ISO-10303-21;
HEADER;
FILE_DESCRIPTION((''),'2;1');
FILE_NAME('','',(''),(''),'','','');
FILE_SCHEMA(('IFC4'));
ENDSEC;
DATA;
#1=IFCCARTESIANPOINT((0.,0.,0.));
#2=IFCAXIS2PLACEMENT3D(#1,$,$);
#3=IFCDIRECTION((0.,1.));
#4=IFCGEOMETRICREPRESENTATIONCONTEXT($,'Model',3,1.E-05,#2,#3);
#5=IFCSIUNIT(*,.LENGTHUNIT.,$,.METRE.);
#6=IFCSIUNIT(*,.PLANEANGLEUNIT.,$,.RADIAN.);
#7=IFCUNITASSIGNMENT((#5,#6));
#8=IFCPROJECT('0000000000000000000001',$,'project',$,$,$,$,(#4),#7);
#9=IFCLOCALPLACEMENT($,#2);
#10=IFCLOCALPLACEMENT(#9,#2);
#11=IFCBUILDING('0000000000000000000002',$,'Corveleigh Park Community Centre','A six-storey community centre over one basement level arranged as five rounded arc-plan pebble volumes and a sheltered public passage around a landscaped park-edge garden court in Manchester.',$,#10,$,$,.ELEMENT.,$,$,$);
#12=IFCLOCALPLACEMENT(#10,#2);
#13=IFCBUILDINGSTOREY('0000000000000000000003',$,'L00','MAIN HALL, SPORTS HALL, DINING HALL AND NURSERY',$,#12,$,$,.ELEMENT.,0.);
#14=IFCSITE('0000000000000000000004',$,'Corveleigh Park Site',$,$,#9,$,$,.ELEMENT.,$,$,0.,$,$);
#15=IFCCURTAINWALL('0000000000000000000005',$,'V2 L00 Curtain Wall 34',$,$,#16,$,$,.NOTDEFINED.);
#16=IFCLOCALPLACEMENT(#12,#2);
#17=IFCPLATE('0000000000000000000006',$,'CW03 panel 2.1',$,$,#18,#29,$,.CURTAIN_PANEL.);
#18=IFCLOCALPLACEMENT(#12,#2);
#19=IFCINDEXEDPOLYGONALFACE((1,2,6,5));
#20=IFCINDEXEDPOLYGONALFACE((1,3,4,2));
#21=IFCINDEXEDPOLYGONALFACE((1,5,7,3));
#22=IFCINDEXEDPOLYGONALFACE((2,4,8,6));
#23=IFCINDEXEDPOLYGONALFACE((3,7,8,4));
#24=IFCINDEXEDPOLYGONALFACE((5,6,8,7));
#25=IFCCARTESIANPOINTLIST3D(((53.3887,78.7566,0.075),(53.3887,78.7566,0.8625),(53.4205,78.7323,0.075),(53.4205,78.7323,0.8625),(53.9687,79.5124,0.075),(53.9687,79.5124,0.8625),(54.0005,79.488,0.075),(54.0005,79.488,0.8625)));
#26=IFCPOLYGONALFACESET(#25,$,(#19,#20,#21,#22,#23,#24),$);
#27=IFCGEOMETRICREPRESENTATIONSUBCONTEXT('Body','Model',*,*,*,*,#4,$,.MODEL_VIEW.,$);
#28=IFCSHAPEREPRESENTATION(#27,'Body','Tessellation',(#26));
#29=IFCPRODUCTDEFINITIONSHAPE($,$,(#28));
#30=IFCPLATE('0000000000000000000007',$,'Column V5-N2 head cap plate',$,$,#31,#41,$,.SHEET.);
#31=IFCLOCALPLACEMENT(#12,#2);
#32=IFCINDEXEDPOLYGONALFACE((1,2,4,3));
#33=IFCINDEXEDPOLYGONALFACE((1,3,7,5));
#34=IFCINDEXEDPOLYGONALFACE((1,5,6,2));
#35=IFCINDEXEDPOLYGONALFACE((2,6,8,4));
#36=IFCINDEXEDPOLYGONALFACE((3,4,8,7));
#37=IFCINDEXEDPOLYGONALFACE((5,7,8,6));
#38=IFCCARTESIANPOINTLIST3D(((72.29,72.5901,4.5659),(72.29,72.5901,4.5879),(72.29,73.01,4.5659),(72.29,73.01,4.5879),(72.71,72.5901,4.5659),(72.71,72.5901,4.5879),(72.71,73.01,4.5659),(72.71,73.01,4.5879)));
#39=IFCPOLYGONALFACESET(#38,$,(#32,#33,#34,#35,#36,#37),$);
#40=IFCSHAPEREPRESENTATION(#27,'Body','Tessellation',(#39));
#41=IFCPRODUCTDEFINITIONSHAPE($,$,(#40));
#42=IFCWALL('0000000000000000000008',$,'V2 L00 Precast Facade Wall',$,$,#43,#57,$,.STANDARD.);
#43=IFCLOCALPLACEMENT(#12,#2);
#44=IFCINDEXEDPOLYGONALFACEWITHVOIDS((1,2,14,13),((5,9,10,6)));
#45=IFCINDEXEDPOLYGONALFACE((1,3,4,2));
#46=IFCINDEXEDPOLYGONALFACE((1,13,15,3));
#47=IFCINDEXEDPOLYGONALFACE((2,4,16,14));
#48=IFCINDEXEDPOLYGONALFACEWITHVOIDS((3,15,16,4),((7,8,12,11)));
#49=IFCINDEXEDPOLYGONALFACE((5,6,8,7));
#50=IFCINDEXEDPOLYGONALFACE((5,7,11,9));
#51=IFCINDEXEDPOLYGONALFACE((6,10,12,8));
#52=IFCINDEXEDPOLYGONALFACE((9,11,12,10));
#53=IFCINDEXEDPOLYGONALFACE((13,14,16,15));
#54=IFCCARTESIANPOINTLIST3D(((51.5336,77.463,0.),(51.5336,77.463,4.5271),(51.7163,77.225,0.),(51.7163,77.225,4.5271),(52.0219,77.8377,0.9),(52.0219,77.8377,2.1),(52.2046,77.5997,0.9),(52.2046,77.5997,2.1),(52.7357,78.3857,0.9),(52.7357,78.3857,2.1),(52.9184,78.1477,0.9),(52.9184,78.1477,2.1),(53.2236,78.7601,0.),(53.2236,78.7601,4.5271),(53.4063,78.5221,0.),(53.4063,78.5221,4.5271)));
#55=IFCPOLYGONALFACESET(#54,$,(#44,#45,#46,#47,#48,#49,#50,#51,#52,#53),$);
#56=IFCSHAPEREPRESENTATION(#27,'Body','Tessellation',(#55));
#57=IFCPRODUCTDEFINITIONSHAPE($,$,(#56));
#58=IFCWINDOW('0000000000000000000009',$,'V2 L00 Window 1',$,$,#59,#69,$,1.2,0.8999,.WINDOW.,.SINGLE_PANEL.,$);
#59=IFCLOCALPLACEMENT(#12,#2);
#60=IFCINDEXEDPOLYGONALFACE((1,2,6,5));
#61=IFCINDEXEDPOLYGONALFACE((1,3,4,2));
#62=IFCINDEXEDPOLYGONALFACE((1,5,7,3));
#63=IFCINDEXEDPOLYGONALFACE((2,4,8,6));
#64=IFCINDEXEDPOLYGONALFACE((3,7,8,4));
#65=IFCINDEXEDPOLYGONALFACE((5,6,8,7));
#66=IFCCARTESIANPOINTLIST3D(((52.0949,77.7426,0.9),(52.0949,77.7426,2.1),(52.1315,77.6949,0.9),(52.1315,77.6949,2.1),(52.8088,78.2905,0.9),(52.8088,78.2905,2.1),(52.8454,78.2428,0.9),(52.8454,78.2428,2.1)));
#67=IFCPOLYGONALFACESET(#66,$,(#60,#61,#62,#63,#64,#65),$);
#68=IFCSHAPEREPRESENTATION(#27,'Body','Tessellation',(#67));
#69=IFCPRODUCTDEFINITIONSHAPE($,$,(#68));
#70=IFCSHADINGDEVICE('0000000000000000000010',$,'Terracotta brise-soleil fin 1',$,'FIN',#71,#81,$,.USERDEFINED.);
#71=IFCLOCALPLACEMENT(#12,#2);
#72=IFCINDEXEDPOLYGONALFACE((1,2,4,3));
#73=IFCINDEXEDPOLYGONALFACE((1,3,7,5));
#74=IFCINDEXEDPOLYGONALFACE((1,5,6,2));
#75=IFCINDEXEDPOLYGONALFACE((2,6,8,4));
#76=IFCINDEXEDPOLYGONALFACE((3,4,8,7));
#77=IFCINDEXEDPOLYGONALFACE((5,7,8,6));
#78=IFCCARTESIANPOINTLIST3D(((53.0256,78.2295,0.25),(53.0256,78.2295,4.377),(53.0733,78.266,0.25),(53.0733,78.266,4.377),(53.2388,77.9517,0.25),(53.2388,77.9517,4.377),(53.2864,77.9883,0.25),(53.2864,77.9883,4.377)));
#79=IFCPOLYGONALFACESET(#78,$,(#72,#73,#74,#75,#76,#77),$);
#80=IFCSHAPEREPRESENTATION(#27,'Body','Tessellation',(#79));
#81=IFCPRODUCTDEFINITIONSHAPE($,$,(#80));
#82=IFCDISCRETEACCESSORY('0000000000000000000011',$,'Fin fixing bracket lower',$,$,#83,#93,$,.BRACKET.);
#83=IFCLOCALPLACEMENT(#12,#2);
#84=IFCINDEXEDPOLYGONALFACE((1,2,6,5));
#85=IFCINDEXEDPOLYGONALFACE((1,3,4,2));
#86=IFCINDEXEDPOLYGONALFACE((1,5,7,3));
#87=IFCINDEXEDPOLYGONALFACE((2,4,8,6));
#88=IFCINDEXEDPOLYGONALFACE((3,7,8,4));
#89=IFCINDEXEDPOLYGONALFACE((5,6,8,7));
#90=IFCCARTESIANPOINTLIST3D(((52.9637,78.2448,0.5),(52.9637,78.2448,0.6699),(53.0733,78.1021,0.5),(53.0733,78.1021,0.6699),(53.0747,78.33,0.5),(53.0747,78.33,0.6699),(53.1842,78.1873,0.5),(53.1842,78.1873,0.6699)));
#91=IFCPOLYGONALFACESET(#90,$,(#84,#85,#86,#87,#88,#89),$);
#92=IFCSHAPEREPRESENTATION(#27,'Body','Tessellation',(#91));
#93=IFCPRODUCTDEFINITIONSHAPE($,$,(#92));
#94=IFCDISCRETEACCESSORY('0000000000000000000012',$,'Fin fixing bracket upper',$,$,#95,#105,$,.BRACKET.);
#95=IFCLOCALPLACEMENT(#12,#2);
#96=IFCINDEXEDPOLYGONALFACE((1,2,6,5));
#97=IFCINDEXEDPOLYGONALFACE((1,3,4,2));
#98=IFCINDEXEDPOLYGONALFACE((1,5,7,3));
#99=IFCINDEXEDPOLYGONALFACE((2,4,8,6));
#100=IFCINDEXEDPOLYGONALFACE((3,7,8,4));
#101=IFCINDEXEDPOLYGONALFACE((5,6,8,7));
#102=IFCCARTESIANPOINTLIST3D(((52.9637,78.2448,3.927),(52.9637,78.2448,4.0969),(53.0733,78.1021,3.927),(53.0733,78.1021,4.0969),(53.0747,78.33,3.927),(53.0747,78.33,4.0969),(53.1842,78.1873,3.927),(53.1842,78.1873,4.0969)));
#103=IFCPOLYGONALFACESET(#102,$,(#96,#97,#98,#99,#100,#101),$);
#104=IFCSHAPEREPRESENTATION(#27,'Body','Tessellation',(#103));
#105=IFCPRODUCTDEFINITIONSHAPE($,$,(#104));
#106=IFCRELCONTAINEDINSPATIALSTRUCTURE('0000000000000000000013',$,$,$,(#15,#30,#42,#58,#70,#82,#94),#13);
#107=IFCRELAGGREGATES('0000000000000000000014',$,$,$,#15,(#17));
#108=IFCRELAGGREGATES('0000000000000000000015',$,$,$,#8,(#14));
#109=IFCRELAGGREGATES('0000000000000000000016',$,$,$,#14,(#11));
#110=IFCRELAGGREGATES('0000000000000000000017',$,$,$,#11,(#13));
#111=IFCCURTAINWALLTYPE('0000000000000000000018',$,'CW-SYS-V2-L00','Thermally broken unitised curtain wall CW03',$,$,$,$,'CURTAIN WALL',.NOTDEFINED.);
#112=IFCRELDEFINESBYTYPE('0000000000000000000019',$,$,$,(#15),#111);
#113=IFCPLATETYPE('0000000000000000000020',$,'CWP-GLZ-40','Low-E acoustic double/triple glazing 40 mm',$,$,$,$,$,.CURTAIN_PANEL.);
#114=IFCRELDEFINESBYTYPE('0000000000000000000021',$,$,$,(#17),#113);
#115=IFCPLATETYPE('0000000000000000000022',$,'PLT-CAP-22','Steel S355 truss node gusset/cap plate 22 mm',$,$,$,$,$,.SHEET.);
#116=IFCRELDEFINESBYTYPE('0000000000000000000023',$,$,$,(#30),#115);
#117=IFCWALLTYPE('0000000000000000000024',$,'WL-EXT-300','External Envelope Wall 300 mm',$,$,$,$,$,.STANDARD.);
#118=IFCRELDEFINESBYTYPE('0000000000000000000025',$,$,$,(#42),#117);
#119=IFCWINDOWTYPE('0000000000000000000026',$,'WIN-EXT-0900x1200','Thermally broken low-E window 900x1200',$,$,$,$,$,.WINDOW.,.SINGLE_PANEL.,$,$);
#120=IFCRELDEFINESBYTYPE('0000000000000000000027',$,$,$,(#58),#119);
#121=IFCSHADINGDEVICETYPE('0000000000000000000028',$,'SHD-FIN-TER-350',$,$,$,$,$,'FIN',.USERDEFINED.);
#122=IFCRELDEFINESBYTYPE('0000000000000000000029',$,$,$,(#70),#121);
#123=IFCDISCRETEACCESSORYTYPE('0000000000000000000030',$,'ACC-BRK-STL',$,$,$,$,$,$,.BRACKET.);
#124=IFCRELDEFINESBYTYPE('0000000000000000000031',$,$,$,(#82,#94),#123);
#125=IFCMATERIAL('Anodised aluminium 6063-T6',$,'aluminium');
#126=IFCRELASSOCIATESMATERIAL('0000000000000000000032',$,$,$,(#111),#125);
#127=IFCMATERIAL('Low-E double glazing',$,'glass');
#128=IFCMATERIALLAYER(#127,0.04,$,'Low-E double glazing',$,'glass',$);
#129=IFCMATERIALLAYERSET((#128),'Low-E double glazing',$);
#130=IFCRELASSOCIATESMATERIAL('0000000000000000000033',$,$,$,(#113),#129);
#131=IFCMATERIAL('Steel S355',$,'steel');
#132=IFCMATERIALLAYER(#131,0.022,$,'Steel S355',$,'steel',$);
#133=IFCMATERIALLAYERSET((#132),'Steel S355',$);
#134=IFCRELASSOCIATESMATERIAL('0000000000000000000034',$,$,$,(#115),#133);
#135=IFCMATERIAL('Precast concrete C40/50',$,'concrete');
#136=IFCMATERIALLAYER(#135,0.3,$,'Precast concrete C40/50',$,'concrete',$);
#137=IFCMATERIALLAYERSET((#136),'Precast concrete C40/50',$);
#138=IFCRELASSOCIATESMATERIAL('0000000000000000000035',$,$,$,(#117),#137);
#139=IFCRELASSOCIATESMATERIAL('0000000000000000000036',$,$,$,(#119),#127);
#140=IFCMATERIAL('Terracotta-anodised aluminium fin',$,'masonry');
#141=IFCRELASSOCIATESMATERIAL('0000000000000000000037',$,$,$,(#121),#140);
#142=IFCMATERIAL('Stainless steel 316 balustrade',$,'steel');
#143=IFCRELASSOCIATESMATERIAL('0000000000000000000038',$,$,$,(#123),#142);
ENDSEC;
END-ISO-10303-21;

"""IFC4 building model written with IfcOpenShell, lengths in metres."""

from ifc_helpers import new_model, si_unit, direction, frame, frame_2d, origin, origin_2d, place, context, subcontext, project, spatial, rectangle, extrude, material, layer, layer_set, type_object, element, fill, aggregate, save


model = new_model("IFC4")

# Units and contexts
model_context = context("Model", 3, precision=1e-05, world=origin(), true_north=direction((0.0, 1.0)))
body_context = subcontext(model_context, "Body", "Model", "MODEL_VIEW")
ifc_project = project(units=[si_unit("LENGTHUNIT", "METRE"), si_unit("PLANEANGLEUNIT", "RADIAN")], contexts=[model_context])

# Site, building, storey
site_placement = place(None, origin())
site = spatial("IfcSite", under=ifc_project, at=site_placement, Name="Corveleigh Park Site", CompositionType="ELEMENT", RefElevation=0.0)
building_placement = place(site_placement, origin())
building = spatial("IfcBuilding", under=site, at=building_placement, Name="Corveleigh Park Community Centre", Description="A six-storey community centre over one basement level arranged as five rounded arc-plan pebble volumes and a sheltered public passage around a landscaped park-edge garden court in Manchester.", CompositionType="ELEMENT")
storey_placement = place(building_placement, origin())
storey = spatial("IfcBuildingStorey", under=building, at=storey_placement, Name="L00", Description="MAIN HALL, SPORTS HALL, DINING HALL AND NURSERY", CompositionType="ELEMENT", Elevation=0.0)

# Shared definitions
ifc_material_1 = material(Name="Anodised aluminium 6063-T6", Category="aluminium")
curtain_wall_type = type_object("IfcCurtainWallType", Name="CW-SYS-V2-L00", Description="Thermally broken unitised curtain wall CW03", ElementType="CURTAIN WALL", PredefinedType="NOTDEFINED", material=ifc_material_1)

# Curtain wall
curtain_wall_1_placement = place(storey_placement, origin())
curtain_wall_1 = element("IfcCurtainWall", 1, at=curtain_wall_1_placement, inside=storey, type_object=curtain_wall_type, Name="V2 L00 Curtain Wall 34", PredefinedType="NOTDEFINED")

# Shared definitions
ifc_material_2 = material(Name="Steel S355", Category="steel")

# Plates
ifc_material_3 = material(Name="Low-E double glazing", Category="glass")
ifc_layer_1 = layer(ifc_material_3, 0.04, Name="Low-E double glazing", Category="glass")
ifc_layer_set_1 = layer_set([ifc_layer_1], Name="Low-E double glazing")
plate_type_1 = type_object("IfcPlateType", Name="CWP-GLZ-40", Description="Low-E acoustic double/triple glazing 40 mm", PredefinedType="CURTAIN_PANEL", material=ifc_layer_set_1)
plate_1_placement = place(storey_placement, frame((53.6946, 79.1223, 0.075), z_axis=(0.0, 0.0, 1.0), x_axis=(-0.608826, -0.793304, 0.0)))
plate_1 = element("IfcPlate", 2, at=plate_1_placement, type_object=plate_type_1, Name="CW03 panel 2.1", PredefinedType="CURTAIN_PANEL", context=body_context, shape_type="SweptSolid", body=[
    extrude(rectangle(XDim=0.9526, YDim=0.04, at=origin_2d()), origin(), (0.0, 0.0, 1.0), 0.7876),
])
aggregate(curtain_wall_1, [plate_1])
ifc_layer_2 = layer(ifc_material_2, 0.022, Name="Steel S355", Category="steel")
ifc_layer_set_2 = layer_set([ifc_layer_2], Name="Steel S355")
plate_type_2 = type_object("IfcPlateType", Name="PLT-CAP-22", Description="Steel S355 truss node gusset/cap plate 22 mm", PredefinedType="SHEET", material=ifc_layer_set_2)
plate_2_placement = place(storey_placement, frame((72.5, 72.8, 4.5659), z_axis=(0.0, 0.0, 1.0), x_axis=(1.0, 0.0, 0.0)))
element("IfcPlate", 3, at=plate_2_placement, inside=storey, type_object=plate_type_2, Name="Column V5-N2 head cap plate", PredefinedType="SHEET", context=body_context, shape_type="SweptSolid", body=[
    extrude(rectangle(XDim=0.4199, YDim=0.4199, at=origin_2d()), origin(), (0.0, 0.0, 1.0), 0.022),
])

# Wall, opening, window
ifc_material_4 = material(Name="Precast concrete C40/50", Category="concrete")
ifc_layer_3 = layer(ifc_material_4, 0.3, Name="Precast concrete C40/50", Category="concrete")
ifc_layer_set_3 = layer_set([ifc_layer_3], Name="Precast concrete C40/50")
wall_type = type_object("IfcWallType", Name="WL-EXT-300", Description="External Envelope Wall 300 mm", PredefinedType="STANDARD", material=ifc_layer_set_3)
wall_placement = place(storey_placement, frame((53.3149, 78.6411, 0.0), z_axis=(0.0, 0.0, 1.0), x_axis=(-0.793267, -0.608874, 0.0)))
wall = element("IfcWall", 4, at=wall_placement, inside=storey, type_object=wall_type, Name="V2 L00 Precast Facade Wall", PredefinedType="STANDARD", context=body_context, shape_type="SweptSolid", body=[
    extrude(rectangle(XDim=2.1304, YDim=0.3, at=frame_2d((1.0652, 0.0))), origin(), (0.0, 0.0, 1.0), 4.5271),
])
opening_placement = place(wall_placement, frame((0.615, 0.0, 0.8999)))
opening = element("IfcOpeningElement", 5, at=opening_placement, cuts=wall, PredefinedType="OPENING", context=body_context, shape_type="SweptSolid", body=[
    extrude(rectangle(XDim=0.8999, YDim=1.2, at=frame_2d((0.45, 0.6001))), frame((0.0, 0.1599, 0.0), z_axis=(0.0, -1.0, 0.0), x_axis=(1.0, 0.0, 0.0)), (0.0, 0.0, 1.0), 0.3201),
])
window_type = type_object("IfcWindowType", Name="WIN-EXT-0900x1200", Description="Thermally broken low-E window 900x1200", PartitioningType="SINGLE_PANEL", PredefinedType="WINDOW", material=ifc_material_3)
window_placement = place(opening_placement, origin())
window = element("IfcWindow", 6, at=window_placement, inside=storey, type_object=window_type, Name="V2 L00 Window 1", OverallHeight=1.2, OverallWidth=0.8999, PartitioningType="SINGLE_PANEL", PredefinedType="WINDOW", context=body_context, shape_type="SweptSolid", body=[
    extrude(rectangle(XDim=0.8999, YDim=1.2, at=frame_2d((0.45, 0.6001))), frame((0.0, 0.03, 0.0), z_axis=(0.0, -1.0, 0.0), x_axis=(1.0, 0.0, 0.0)), (0.0, 0.0, 1.0), 0.0601),
])
fill(opening, window)

# Shading device
ifc_material_5 = material(Name="Terracotta-anodised aluminium fin", Category="masonry")
shading_device_type = type_object("IfcShadingDeviceType", Name="SHD-FIN-TER-350", ElementType="FIN", PredefinedType="USERDEFINED", material=ifc_material_5)
shading_device_placement = place(storey_placement, frame((53.156, 78.1089, 0.25), z_axis=(0.0, 0.0, 1.0), x_axis=(0.608826, -0.793304, 0.0)))
element("IfcShadingDevice", 7, at=shading_device_placement, inside=storey, type_object=shading_device_type, Name="Terracotta brise-soleil fin 1", ObjectType="FIN", PredefinedType="USERDEFINED", context=body_context, shape_type="SweptSolid", body=[
    extrude(rectangle(XDim=0.3501, YDim=0.0601, at=origin_2d()), origin(), (0.0, 0.0, 1.0), 4.127),
])

# Discrete accessories
ifc_material_6 = material(Name="Stainless steel 316 balustrade", Category="steel")
discrete_accessory_type = type_object("IfcDiscreteAccessoryType", Name="ACC-BRK-STL", PredefinedType="BRACKET", material=ifc_material_6)
for number, where, z_axis, x_axis, name in (
    (8, (53.074, 78.2161, 0.5), (0.0, 0.0, 1.0), (0.608826, -0.793304, 0.0), "Fin fixing bracket lower"),
    (9, (53.074, 78.2161, 3.927), (0.0, 0.0, 1.0), (0.608826, -0.793304, 0.0), "Fin fixing bracket upper"),
):
    element("IfcDiscreteAccessory", number, at=place(storey_placement, frame(where, z_axis=z_axis, x_axis=x_axis)), inside=storey, type_object=discrete_accessory_type, Name=name, PredefinedType="BRACKET", context=body_context, shape_type="SweptSolid", body=[
        extrude(rectangle(XDim=0.1799, YDim=0.1399, at=origin_2d()), origin(), (0.0, 0.0, 1.0), 0.1699),
    ])

save(model, "model.ifc")
